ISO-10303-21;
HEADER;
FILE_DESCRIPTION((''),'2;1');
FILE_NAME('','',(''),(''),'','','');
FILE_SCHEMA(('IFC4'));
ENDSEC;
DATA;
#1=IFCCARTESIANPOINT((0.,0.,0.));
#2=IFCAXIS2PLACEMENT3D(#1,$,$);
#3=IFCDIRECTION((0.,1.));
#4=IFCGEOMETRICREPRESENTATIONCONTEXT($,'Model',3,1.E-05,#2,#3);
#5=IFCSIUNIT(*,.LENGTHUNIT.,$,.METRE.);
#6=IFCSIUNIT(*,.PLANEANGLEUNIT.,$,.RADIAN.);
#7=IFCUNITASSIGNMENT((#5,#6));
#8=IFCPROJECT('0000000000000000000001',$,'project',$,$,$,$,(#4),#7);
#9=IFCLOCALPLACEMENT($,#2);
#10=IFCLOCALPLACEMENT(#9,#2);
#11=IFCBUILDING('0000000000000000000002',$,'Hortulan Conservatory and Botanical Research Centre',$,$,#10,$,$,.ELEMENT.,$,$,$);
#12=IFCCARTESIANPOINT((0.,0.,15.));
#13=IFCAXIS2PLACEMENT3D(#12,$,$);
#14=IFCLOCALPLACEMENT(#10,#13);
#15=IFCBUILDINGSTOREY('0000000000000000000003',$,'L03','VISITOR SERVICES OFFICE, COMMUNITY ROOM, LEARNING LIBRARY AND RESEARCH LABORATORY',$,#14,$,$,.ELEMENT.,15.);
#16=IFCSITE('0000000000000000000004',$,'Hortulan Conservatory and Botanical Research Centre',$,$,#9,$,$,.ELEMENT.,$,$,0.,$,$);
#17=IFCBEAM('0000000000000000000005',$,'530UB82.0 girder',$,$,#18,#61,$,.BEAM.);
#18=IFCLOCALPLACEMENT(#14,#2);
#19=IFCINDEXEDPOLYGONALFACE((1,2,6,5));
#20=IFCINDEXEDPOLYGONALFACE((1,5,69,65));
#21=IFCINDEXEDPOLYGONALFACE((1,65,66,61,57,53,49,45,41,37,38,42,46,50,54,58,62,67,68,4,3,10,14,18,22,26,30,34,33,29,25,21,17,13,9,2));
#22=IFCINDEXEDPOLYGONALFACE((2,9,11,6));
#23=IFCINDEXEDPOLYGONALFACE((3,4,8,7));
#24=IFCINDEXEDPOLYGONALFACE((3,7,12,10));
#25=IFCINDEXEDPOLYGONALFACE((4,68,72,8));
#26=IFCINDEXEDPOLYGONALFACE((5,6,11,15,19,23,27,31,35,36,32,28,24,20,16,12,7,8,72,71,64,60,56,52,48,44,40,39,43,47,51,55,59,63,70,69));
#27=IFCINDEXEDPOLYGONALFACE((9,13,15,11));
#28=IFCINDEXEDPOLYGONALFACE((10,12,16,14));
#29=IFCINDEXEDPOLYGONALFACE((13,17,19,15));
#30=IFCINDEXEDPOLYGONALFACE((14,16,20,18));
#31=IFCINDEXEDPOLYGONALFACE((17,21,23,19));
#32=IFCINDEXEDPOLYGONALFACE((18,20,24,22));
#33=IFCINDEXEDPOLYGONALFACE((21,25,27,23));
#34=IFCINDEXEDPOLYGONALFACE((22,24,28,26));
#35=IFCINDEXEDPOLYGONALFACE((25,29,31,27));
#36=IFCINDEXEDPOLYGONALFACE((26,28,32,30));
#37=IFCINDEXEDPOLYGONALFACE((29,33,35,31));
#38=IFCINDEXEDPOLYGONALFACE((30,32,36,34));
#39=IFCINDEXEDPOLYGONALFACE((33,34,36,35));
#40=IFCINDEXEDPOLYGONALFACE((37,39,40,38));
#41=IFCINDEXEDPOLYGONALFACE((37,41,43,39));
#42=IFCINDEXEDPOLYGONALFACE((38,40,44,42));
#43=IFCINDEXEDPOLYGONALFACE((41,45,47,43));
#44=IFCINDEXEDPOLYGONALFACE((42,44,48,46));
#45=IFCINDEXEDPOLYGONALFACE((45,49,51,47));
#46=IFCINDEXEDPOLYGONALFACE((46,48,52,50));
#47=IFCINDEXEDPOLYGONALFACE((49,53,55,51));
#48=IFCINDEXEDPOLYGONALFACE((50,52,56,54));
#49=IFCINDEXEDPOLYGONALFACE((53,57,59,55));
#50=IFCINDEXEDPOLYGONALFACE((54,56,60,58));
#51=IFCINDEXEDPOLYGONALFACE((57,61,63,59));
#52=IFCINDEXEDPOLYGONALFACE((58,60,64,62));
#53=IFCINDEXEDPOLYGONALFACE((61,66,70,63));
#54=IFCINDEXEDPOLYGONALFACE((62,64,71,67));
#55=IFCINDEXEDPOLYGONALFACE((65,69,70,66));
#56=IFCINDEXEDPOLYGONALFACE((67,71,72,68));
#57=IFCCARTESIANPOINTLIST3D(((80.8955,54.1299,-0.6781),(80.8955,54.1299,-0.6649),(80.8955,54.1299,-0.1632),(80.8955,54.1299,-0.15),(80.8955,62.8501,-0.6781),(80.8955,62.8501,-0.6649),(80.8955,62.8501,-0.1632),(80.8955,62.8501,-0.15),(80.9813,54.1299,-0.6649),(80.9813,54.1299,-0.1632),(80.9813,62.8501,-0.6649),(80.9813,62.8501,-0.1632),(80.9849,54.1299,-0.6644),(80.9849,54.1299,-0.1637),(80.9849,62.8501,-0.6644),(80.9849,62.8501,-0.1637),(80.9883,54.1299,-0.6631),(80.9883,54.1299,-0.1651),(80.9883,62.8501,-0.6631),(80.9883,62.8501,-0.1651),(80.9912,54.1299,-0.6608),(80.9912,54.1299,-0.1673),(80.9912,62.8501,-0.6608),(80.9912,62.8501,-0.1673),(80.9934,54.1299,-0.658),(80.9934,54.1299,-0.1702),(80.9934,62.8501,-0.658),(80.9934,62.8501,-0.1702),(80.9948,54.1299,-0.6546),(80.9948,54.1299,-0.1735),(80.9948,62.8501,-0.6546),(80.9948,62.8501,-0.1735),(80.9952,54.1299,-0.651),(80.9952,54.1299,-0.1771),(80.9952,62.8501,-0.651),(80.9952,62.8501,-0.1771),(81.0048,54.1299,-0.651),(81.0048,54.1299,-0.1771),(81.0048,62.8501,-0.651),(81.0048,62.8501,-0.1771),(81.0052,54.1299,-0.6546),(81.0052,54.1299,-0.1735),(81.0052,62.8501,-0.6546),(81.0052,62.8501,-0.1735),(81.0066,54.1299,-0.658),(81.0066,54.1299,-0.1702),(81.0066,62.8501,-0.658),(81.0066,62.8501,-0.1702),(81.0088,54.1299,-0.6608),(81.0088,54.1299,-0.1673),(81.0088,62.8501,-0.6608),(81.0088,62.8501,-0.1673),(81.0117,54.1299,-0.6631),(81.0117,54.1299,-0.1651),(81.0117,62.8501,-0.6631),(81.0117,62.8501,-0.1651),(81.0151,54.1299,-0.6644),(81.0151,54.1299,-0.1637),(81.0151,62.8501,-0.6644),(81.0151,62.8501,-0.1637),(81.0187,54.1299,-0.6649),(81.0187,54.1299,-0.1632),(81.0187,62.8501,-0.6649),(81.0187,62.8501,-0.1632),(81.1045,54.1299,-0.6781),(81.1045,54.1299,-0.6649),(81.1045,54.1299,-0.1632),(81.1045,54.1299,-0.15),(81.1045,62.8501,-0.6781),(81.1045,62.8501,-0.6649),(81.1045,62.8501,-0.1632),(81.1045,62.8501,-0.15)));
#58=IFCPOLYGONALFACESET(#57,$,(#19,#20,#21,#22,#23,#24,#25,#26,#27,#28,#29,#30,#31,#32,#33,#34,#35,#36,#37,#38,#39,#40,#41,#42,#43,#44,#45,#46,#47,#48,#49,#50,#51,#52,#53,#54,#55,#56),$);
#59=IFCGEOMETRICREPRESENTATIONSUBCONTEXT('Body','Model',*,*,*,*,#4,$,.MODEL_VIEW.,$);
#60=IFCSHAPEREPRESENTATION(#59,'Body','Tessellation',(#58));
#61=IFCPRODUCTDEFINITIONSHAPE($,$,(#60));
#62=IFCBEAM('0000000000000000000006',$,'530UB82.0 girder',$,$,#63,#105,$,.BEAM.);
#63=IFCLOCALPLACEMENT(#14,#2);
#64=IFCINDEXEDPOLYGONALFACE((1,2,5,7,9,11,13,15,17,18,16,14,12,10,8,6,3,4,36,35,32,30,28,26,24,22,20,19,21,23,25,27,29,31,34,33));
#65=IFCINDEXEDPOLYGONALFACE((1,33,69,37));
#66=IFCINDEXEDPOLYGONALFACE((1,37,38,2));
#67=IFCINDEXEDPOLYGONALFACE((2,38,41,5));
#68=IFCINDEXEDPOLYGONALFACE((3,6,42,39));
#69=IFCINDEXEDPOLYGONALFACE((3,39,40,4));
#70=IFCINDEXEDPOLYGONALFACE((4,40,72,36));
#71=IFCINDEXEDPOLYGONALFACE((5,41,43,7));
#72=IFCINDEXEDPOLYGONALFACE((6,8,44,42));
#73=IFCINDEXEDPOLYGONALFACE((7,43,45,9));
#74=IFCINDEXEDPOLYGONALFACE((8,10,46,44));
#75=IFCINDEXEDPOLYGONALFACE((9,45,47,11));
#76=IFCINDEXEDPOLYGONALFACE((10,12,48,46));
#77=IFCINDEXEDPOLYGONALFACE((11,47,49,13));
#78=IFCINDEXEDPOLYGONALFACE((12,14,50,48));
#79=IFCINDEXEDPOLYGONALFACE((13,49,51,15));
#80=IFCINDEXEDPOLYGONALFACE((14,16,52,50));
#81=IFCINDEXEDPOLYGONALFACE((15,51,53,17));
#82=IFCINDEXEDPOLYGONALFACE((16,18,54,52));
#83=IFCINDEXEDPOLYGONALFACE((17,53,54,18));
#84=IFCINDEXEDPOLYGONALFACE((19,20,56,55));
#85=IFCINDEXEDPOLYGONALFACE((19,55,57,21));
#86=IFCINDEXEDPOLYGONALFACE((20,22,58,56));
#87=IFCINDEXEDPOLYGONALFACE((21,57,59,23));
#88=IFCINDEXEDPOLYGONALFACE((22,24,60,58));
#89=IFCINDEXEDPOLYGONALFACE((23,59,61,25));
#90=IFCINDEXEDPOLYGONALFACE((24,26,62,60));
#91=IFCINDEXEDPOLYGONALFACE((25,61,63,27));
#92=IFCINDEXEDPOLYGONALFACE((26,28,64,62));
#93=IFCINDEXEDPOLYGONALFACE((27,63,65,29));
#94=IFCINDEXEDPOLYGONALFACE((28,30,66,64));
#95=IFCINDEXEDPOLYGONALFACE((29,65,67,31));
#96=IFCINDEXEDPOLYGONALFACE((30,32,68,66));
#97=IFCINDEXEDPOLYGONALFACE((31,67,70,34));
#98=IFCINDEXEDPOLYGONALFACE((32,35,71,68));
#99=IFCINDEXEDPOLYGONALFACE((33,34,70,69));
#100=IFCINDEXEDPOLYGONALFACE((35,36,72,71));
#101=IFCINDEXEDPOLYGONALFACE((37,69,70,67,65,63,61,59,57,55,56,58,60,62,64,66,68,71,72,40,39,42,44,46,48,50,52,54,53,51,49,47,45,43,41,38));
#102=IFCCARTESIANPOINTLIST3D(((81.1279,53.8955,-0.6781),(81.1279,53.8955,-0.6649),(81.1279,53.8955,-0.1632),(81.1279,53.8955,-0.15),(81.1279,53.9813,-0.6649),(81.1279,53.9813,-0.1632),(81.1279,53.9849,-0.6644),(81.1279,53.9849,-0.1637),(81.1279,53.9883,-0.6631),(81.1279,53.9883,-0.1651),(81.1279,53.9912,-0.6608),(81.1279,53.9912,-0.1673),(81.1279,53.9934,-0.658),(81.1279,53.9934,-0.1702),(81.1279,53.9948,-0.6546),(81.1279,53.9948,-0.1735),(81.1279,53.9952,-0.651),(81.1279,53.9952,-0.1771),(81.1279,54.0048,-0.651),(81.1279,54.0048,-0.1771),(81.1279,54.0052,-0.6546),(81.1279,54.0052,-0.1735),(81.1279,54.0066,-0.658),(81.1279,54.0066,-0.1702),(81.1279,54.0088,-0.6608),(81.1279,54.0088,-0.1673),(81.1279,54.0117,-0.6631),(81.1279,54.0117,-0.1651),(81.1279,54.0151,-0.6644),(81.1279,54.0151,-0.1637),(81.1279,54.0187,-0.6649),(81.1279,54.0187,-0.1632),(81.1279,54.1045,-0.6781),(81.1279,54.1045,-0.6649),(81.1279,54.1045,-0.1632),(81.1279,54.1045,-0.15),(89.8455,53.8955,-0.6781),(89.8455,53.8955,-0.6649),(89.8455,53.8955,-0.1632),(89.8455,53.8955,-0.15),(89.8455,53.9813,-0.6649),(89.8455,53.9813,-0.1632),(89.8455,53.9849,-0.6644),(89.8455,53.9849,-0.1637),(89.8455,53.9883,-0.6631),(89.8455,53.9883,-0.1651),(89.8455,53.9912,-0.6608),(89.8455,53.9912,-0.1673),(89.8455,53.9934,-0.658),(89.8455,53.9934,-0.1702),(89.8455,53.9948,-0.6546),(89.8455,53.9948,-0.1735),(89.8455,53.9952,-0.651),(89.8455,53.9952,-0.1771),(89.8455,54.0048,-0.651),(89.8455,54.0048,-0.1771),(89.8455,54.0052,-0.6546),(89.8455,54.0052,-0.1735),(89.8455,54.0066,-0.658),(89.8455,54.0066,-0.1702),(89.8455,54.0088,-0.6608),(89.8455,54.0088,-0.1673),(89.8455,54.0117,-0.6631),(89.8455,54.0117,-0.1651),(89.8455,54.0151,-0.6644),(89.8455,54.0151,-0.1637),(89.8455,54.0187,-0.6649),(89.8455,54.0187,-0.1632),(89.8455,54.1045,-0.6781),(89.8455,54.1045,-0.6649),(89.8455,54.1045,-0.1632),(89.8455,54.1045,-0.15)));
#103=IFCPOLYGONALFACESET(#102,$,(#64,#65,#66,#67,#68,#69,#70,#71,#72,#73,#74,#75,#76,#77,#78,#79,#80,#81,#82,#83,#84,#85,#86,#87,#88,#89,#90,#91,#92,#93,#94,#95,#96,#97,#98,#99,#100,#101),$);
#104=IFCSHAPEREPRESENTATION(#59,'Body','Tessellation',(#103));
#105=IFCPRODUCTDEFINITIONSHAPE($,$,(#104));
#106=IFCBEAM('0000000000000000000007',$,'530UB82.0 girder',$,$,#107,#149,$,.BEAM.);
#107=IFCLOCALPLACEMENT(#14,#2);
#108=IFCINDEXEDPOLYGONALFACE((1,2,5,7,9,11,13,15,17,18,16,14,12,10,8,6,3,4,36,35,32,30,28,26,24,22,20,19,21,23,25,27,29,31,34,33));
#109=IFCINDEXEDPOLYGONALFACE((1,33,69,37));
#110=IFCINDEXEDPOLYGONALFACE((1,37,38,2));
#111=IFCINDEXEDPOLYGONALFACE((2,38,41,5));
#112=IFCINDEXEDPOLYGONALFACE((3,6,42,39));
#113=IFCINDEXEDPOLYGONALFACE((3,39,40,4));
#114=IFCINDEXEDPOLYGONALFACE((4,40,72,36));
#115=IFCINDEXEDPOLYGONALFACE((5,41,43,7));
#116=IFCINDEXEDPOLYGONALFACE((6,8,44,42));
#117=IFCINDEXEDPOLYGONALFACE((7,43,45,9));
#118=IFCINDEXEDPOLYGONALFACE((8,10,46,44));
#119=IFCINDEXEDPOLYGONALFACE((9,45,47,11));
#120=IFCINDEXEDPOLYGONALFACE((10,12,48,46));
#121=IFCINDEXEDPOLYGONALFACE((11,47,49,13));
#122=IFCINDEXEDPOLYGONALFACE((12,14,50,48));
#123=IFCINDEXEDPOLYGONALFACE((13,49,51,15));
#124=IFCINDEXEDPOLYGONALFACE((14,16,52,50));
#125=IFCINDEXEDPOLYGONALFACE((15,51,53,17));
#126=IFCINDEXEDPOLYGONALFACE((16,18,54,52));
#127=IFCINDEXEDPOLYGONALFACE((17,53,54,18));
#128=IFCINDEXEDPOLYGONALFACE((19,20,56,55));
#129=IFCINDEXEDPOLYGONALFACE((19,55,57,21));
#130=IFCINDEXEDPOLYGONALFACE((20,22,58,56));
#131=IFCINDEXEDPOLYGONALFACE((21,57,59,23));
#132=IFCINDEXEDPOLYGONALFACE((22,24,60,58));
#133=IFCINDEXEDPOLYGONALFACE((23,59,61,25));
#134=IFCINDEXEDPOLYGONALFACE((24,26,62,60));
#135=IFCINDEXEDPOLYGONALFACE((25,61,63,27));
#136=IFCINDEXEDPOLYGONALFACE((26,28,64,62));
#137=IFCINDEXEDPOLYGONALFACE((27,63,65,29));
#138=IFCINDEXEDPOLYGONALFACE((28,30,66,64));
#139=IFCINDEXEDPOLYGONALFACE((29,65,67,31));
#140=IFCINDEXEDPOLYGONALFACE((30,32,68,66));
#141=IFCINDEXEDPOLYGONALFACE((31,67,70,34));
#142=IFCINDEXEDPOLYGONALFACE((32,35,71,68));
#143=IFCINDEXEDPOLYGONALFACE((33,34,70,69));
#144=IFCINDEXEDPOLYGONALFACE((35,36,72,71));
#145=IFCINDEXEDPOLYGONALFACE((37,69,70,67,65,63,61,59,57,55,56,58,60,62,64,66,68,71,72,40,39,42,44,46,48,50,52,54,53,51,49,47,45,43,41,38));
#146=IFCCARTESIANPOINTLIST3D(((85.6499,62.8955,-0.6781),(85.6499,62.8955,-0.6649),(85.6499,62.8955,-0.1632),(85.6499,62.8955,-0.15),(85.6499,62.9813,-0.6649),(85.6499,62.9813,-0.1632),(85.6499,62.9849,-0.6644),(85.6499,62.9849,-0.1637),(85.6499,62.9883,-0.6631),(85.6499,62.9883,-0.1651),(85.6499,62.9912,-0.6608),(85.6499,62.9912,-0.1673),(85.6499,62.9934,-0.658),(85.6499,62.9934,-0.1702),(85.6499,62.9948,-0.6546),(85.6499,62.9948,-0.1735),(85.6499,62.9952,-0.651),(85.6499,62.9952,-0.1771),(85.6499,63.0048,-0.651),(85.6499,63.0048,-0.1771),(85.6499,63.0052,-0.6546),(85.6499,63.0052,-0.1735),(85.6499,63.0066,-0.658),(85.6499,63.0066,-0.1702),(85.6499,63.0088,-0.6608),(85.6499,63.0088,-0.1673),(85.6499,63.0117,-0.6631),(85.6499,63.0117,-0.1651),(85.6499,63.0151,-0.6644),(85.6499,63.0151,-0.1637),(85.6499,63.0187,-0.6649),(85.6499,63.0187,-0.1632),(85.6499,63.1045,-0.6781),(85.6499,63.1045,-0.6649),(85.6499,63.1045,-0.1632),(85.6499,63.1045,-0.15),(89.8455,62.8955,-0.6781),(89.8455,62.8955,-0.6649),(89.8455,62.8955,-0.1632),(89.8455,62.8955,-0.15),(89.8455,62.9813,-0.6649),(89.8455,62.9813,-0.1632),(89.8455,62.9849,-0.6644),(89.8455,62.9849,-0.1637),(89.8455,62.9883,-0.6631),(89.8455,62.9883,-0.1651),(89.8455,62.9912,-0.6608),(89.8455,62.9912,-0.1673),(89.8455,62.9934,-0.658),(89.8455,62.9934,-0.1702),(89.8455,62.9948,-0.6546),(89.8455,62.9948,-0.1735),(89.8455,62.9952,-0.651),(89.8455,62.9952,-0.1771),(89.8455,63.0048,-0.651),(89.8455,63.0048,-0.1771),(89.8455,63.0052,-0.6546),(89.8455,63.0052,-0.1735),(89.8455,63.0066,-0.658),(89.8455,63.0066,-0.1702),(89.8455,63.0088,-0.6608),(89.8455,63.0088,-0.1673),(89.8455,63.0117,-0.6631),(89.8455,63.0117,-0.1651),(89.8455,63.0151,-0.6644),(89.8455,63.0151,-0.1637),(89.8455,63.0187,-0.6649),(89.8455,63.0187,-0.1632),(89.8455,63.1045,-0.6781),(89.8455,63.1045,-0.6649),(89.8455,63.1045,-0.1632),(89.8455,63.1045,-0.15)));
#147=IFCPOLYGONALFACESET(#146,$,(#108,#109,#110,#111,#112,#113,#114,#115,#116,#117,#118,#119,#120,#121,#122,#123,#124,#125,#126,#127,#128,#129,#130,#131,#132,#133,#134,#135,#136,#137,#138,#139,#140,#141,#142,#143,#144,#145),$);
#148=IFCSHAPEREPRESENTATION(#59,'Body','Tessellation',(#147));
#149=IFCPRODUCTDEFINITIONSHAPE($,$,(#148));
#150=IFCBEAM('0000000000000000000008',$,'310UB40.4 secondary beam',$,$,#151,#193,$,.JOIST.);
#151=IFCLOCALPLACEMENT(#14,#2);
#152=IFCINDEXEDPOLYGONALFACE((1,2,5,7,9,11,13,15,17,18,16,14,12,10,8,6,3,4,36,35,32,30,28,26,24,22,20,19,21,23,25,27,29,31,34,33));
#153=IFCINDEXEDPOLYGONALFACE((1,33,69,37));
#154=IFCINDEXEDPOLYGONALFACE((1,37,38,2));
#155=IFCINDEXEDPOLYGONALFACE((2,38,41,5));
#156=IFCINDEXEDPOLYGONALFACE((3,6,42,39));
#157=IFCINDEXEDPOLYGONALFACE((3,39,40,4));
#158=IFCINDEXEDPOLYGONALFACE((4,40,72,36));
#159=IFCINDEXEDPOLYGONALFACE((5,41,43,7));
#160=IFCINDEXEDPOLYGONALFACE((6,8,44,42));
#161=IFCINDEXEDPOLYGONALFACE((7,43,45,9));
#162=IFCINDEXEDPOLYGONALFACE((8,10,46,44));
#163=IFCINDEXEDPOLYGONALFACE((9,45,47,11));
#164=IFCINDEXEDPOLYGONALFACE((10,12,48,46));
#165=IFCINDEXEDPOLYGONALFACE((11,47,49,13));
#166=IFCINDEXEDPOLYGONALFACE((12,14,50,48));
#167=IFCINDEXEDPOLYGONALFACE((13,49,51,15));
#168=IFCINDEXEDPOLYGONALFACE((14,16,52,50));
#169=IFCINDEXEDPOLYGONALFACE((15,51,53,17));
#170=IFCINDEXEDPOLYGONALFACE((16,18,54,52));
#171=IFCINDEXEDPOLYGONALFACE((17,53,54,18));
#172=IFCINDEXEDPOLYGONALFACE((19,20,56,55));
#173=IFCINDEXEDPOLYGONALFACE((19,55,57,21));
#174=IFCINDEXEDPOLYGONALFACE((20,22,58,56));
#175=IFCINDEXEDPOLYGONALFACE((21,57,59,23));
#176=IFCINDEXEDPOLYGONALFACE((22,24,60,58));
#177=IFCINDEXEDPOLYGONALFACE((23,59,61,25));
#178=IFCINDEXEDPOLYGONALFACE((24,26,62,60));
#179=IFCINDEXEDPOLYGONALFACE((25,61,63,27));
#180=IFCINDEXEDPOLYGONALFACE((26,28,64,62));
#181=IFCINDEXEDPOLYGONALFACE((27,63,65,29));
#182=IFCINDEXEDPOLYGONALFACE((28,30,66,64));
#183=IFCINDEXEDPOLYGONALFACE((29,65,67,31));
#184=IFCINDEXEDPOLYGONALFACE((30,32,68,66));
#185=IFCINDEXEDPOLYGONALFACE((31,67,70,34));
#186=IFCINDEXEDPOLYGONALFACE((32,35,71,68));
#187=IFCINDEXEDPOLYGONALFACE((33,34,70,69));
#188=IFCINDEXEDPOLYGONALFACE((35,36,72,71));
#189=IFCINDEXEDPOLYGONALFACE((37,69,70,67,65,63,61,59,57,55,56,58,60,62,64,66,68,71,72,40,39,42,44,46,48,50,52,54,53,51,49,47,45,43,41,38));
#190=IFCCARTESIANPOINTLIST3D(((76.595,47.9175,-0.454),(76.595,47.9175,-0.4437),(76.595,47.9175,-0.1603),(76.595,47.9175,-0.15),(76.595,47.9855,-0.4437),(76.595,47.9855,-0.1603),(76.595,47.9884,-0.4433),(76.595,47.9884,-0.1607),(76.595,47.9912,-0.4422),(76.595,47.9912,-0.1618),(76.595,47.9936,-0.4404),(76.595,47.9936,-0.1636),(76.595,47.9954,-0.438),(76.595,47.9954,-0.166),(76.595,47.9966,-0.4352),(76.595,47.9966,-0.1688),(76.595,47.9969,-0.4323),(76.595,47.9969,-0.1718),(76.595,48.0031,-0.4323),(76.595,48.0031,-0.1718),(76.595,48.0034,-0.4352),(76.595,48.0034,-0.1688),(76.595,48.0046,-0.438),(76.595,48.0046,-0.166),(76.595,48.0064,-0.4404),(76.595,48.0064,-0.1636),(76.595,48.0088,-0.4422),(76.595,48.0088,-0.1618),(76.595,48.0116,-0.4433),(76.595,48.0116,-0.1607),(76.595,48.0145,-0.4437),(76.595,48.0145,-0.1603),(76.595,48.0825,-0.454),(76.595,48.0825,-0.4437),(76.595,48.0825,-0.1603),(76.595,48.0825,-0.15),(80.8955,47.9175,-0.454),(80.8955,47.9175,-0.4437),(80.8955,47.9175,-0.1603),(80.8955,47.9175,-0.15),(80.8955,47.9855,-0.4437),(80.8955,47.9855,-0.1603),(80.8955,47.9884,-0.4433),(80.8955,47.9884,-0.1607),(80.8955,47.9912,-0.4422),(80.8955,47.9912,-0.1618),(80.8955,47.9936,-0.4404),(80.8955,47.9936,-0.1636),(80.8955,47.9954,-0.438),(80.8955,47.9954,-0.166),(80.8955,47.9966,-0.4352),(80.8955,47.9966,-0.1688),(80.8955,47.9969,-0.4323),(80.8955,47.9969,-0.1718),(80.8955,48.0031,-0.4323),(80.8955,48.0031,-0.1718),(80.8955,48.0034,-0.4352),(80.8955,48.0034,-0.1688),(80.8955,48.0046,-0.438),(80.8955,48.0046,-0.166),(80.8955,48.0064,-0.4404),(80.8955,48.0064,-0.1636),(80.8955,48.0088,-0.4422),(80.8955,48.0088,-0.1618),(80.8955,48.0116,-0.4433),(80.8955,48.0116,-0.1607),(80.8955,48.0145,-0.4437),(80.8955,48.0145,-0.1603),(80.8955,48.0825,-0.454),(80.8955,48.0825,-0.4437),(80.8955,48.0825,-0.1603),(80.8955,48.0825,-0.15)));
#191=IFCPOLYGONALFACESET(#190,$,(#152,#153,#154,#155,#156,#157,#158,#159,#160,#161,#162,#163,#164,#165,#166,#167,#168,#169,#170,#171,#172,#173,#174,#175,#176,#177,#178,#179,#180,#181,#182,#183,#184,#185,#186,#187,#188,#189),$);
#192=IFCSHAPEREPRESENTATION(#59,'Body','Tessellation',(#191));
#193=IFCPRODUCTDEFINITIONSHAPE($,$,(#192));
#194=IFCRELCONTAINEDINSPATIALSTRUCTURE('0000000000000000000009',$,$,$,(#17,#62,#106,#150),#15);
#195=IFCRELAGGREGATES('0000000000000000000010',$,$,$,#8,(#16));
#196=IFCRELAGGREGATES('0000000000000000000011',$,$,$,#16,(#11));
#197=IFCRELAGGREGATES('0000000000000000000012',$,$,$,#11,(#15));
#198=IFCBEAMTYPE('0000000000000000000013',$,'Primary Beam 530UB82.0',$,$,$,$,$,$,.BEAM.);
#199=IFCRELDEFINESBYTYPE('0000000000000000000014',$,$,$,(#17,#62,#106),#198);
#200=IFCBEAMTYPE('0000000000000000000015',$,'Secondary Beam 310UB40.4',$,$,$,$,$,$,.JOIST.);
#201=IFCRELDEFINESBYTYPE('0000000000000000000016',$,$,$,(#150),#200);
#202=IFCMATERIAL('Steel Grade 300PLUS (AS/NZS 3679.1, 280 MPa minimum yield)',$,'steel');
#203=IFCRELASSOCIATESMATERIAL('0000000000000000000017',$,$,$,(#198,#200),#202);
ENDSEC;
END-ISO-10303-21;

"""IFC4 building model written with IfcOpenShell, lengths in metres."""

from ifc_helpers import new_model, si_unit, direction, frame, origin, origin_2d, place, context, subcontext, project, spatial, i_section, extrude, material, material_profile, profile_set, type_object, element, save


model = new_model("IFC4")

# Units and contexts
model_context = context("Model", 3, precision=1e-05, world=origin(), true_north=direction((0.0, 1.0)))
body_context = subcontext(model_context, "Body", "Model", "MODEL_VIEW")
ifc_project = project(units=[si_unit("LENGTHUNIT", "METRE"), si_unit("PLANEANGLEUNIT", "RADIAN")], contexts=[model_context])

# Site, building, storey
site_placement = place(None, origin())
site = spatial("IfcSite", under=ifc_project, at=site_placement, Name="Hortulan Conservatory and Botanical Research Centre", CompositionType="ELEMENT", RefElevation=0.0)
building_placement = place(site_placement, origin())
building = spatial("IfcBuilding", under=site, at=building_placement, Name="Hortulan Conservatory and Botanical Research Centre", CompositionType="ELEMENT")
storey_placement = place(building_placement, frame((0.0, 0.0, 15.0)))
storey = spatial("IfcBuildingStorey", under=building, at=storey_placement, Name="L03", Description="VISITOR SERVICES OFFICE, COMMUNITY ROOM, LEARNING LIBRARY AND RESEARCH LABORATORY", CompositionType="ELEMENT", Elevation=15.0)

# Beams
ifc_material_1 = material(Name="Steel Grade 300PLUS (AS/NZS 3679.1, 280 MPa minimum yield)", Category="steel")
ifc_material_profile_1 = material_profile(ifc_material_1, i_section(OverallWidth=0.209, OverallDepth=0.5281, WebThickness=0.0095, FlangeThickness=0.0132, FilletRadius=0.0139, at=origin_2d()), Name="530UB82.0")
ifc_profile_set_1 = profile_set([ifc_material_profile_1], Name="Steel Grade 300PLUS (AS/NZS 3679.1, 280 MPa minimum yield)")
beam_type_1 = type_object("IfcBeamType", Name="Primary Beam 530UB82.0", PredefinedType="BEAM", material=ifc_profile_set_1)
beam_1_placement = place(storey_placement, frame((81.0, 54.1299, -0.4141), z_axis=(0.0, 1.0, 0.0), x_axis=(-1.0, 0.0, 0.0)))
element("IfcBeam", 1, at=beam_1_placement, inside=storey, type_object=beam_type_1, Name="530UB82.0 girder", PredefinedType="BEAM", context=body_context, shape_type="SweptSolid", body=[
    extrude(i_section(OverallWidth=0.209, OverallDepth=0.5281, WebThickness=0.0095, FlangeThickness=0.0132, FilletRadius=0.0139, at=origin_2d()), origin(), (0.0, 0.0, 1.0), 8.7202),
])
beam_2_placement = place(storey_placement, frame((81.1279, 54.0, -0.4141), z_axis=(1.0, 0.0, 0.0), x_axis=(0.0, 1.0, 0.0)))
element("IfcBeam", 2, at=beam_2_placement, inside=storey, type_object=beam_type_1, Name="530UB82.0 girder", PredefinedType="BEAM", context=body_context, shape_type="SweptSolid", body=[
    extrude(i_section(OverallWidth=0.209, OverallDepth=0.5281, WebThickness=0.0095, FlangeThickness=0.0132, FilletRadius=0.0139, at=origin_2d()), origin(), (0.0, 0.0, 1.0), 8.7175),
])
beam_3_placement = place(storey_placement, frame((85.6499, 63.0, -0.4141), z_axis=(1.0, 0.0, 0.0), x_axis=(0.0, 1.0, 0.0)))
element("IfcBeam", 3, at=beam_3_placement, inside=storey, type_object=beam_type_1, Name="530UB82.0 girder", PredefinedType="BEAM", context=body_context, shape_type="SweptSolid", body=[
    extrude(i_section(OverallWidth=0.209, OverallDepth=0.5281, WebThickness=0.0095, FlangeThickness=0.0132, FilletRadius=0.0139, at=origin_2d()), origin(), (0.0, 0.0, 1.0), 4.1956),
])
ifc_material_profile_2 = material_profile(ifc_material_1, i_section(OverallWidth=0.165, OverallDepth=0.304, WebThickness=0.0061, FlangeThickness=0.0103, FilletRadius=0.0115, at=origin_2d()), Name="310UB40.4")
ifc_profile_set_2 = profile_set([ifc_material_profile_2], Name="Steel Grade 300PLUS (AS/NZS 3679.1, 280 MPa minimum yield)")
beam_type_2 = type_object("IfcBeamType", Name="Secondary Beam 310UB40.4", PredefinedType="JOIST", material=ifc_profile_set_2)
for number, where, z_axis, x_axis, name in (
    (4, (76.595, 48.0, -0.302), (1.0, 0.0, 0.0), (0.0, 1.0, 0.0), "310UB40.4 secondary beam"),
):
    element("IfcBeam", number, at=place(storey_placement, frame(where, z_axis=z_axis, x_axis=x_axis)), inside=storey, type_object=beam_type_2, Name=name, PredefinedType="JOIST", context=body_context, shape_type="SweptSolid", body=[
        extrude(i_section(OverallWidth=0.165, OverallDepth=0.304, WebThickness=0.0061, FlangeThickness=0.0103, FilletRadius=0.0115, at=origin_2d()), origin(), (0.0, 0.0, 1.0), 4.3005),
    ])

save(model, "model.ifc")
